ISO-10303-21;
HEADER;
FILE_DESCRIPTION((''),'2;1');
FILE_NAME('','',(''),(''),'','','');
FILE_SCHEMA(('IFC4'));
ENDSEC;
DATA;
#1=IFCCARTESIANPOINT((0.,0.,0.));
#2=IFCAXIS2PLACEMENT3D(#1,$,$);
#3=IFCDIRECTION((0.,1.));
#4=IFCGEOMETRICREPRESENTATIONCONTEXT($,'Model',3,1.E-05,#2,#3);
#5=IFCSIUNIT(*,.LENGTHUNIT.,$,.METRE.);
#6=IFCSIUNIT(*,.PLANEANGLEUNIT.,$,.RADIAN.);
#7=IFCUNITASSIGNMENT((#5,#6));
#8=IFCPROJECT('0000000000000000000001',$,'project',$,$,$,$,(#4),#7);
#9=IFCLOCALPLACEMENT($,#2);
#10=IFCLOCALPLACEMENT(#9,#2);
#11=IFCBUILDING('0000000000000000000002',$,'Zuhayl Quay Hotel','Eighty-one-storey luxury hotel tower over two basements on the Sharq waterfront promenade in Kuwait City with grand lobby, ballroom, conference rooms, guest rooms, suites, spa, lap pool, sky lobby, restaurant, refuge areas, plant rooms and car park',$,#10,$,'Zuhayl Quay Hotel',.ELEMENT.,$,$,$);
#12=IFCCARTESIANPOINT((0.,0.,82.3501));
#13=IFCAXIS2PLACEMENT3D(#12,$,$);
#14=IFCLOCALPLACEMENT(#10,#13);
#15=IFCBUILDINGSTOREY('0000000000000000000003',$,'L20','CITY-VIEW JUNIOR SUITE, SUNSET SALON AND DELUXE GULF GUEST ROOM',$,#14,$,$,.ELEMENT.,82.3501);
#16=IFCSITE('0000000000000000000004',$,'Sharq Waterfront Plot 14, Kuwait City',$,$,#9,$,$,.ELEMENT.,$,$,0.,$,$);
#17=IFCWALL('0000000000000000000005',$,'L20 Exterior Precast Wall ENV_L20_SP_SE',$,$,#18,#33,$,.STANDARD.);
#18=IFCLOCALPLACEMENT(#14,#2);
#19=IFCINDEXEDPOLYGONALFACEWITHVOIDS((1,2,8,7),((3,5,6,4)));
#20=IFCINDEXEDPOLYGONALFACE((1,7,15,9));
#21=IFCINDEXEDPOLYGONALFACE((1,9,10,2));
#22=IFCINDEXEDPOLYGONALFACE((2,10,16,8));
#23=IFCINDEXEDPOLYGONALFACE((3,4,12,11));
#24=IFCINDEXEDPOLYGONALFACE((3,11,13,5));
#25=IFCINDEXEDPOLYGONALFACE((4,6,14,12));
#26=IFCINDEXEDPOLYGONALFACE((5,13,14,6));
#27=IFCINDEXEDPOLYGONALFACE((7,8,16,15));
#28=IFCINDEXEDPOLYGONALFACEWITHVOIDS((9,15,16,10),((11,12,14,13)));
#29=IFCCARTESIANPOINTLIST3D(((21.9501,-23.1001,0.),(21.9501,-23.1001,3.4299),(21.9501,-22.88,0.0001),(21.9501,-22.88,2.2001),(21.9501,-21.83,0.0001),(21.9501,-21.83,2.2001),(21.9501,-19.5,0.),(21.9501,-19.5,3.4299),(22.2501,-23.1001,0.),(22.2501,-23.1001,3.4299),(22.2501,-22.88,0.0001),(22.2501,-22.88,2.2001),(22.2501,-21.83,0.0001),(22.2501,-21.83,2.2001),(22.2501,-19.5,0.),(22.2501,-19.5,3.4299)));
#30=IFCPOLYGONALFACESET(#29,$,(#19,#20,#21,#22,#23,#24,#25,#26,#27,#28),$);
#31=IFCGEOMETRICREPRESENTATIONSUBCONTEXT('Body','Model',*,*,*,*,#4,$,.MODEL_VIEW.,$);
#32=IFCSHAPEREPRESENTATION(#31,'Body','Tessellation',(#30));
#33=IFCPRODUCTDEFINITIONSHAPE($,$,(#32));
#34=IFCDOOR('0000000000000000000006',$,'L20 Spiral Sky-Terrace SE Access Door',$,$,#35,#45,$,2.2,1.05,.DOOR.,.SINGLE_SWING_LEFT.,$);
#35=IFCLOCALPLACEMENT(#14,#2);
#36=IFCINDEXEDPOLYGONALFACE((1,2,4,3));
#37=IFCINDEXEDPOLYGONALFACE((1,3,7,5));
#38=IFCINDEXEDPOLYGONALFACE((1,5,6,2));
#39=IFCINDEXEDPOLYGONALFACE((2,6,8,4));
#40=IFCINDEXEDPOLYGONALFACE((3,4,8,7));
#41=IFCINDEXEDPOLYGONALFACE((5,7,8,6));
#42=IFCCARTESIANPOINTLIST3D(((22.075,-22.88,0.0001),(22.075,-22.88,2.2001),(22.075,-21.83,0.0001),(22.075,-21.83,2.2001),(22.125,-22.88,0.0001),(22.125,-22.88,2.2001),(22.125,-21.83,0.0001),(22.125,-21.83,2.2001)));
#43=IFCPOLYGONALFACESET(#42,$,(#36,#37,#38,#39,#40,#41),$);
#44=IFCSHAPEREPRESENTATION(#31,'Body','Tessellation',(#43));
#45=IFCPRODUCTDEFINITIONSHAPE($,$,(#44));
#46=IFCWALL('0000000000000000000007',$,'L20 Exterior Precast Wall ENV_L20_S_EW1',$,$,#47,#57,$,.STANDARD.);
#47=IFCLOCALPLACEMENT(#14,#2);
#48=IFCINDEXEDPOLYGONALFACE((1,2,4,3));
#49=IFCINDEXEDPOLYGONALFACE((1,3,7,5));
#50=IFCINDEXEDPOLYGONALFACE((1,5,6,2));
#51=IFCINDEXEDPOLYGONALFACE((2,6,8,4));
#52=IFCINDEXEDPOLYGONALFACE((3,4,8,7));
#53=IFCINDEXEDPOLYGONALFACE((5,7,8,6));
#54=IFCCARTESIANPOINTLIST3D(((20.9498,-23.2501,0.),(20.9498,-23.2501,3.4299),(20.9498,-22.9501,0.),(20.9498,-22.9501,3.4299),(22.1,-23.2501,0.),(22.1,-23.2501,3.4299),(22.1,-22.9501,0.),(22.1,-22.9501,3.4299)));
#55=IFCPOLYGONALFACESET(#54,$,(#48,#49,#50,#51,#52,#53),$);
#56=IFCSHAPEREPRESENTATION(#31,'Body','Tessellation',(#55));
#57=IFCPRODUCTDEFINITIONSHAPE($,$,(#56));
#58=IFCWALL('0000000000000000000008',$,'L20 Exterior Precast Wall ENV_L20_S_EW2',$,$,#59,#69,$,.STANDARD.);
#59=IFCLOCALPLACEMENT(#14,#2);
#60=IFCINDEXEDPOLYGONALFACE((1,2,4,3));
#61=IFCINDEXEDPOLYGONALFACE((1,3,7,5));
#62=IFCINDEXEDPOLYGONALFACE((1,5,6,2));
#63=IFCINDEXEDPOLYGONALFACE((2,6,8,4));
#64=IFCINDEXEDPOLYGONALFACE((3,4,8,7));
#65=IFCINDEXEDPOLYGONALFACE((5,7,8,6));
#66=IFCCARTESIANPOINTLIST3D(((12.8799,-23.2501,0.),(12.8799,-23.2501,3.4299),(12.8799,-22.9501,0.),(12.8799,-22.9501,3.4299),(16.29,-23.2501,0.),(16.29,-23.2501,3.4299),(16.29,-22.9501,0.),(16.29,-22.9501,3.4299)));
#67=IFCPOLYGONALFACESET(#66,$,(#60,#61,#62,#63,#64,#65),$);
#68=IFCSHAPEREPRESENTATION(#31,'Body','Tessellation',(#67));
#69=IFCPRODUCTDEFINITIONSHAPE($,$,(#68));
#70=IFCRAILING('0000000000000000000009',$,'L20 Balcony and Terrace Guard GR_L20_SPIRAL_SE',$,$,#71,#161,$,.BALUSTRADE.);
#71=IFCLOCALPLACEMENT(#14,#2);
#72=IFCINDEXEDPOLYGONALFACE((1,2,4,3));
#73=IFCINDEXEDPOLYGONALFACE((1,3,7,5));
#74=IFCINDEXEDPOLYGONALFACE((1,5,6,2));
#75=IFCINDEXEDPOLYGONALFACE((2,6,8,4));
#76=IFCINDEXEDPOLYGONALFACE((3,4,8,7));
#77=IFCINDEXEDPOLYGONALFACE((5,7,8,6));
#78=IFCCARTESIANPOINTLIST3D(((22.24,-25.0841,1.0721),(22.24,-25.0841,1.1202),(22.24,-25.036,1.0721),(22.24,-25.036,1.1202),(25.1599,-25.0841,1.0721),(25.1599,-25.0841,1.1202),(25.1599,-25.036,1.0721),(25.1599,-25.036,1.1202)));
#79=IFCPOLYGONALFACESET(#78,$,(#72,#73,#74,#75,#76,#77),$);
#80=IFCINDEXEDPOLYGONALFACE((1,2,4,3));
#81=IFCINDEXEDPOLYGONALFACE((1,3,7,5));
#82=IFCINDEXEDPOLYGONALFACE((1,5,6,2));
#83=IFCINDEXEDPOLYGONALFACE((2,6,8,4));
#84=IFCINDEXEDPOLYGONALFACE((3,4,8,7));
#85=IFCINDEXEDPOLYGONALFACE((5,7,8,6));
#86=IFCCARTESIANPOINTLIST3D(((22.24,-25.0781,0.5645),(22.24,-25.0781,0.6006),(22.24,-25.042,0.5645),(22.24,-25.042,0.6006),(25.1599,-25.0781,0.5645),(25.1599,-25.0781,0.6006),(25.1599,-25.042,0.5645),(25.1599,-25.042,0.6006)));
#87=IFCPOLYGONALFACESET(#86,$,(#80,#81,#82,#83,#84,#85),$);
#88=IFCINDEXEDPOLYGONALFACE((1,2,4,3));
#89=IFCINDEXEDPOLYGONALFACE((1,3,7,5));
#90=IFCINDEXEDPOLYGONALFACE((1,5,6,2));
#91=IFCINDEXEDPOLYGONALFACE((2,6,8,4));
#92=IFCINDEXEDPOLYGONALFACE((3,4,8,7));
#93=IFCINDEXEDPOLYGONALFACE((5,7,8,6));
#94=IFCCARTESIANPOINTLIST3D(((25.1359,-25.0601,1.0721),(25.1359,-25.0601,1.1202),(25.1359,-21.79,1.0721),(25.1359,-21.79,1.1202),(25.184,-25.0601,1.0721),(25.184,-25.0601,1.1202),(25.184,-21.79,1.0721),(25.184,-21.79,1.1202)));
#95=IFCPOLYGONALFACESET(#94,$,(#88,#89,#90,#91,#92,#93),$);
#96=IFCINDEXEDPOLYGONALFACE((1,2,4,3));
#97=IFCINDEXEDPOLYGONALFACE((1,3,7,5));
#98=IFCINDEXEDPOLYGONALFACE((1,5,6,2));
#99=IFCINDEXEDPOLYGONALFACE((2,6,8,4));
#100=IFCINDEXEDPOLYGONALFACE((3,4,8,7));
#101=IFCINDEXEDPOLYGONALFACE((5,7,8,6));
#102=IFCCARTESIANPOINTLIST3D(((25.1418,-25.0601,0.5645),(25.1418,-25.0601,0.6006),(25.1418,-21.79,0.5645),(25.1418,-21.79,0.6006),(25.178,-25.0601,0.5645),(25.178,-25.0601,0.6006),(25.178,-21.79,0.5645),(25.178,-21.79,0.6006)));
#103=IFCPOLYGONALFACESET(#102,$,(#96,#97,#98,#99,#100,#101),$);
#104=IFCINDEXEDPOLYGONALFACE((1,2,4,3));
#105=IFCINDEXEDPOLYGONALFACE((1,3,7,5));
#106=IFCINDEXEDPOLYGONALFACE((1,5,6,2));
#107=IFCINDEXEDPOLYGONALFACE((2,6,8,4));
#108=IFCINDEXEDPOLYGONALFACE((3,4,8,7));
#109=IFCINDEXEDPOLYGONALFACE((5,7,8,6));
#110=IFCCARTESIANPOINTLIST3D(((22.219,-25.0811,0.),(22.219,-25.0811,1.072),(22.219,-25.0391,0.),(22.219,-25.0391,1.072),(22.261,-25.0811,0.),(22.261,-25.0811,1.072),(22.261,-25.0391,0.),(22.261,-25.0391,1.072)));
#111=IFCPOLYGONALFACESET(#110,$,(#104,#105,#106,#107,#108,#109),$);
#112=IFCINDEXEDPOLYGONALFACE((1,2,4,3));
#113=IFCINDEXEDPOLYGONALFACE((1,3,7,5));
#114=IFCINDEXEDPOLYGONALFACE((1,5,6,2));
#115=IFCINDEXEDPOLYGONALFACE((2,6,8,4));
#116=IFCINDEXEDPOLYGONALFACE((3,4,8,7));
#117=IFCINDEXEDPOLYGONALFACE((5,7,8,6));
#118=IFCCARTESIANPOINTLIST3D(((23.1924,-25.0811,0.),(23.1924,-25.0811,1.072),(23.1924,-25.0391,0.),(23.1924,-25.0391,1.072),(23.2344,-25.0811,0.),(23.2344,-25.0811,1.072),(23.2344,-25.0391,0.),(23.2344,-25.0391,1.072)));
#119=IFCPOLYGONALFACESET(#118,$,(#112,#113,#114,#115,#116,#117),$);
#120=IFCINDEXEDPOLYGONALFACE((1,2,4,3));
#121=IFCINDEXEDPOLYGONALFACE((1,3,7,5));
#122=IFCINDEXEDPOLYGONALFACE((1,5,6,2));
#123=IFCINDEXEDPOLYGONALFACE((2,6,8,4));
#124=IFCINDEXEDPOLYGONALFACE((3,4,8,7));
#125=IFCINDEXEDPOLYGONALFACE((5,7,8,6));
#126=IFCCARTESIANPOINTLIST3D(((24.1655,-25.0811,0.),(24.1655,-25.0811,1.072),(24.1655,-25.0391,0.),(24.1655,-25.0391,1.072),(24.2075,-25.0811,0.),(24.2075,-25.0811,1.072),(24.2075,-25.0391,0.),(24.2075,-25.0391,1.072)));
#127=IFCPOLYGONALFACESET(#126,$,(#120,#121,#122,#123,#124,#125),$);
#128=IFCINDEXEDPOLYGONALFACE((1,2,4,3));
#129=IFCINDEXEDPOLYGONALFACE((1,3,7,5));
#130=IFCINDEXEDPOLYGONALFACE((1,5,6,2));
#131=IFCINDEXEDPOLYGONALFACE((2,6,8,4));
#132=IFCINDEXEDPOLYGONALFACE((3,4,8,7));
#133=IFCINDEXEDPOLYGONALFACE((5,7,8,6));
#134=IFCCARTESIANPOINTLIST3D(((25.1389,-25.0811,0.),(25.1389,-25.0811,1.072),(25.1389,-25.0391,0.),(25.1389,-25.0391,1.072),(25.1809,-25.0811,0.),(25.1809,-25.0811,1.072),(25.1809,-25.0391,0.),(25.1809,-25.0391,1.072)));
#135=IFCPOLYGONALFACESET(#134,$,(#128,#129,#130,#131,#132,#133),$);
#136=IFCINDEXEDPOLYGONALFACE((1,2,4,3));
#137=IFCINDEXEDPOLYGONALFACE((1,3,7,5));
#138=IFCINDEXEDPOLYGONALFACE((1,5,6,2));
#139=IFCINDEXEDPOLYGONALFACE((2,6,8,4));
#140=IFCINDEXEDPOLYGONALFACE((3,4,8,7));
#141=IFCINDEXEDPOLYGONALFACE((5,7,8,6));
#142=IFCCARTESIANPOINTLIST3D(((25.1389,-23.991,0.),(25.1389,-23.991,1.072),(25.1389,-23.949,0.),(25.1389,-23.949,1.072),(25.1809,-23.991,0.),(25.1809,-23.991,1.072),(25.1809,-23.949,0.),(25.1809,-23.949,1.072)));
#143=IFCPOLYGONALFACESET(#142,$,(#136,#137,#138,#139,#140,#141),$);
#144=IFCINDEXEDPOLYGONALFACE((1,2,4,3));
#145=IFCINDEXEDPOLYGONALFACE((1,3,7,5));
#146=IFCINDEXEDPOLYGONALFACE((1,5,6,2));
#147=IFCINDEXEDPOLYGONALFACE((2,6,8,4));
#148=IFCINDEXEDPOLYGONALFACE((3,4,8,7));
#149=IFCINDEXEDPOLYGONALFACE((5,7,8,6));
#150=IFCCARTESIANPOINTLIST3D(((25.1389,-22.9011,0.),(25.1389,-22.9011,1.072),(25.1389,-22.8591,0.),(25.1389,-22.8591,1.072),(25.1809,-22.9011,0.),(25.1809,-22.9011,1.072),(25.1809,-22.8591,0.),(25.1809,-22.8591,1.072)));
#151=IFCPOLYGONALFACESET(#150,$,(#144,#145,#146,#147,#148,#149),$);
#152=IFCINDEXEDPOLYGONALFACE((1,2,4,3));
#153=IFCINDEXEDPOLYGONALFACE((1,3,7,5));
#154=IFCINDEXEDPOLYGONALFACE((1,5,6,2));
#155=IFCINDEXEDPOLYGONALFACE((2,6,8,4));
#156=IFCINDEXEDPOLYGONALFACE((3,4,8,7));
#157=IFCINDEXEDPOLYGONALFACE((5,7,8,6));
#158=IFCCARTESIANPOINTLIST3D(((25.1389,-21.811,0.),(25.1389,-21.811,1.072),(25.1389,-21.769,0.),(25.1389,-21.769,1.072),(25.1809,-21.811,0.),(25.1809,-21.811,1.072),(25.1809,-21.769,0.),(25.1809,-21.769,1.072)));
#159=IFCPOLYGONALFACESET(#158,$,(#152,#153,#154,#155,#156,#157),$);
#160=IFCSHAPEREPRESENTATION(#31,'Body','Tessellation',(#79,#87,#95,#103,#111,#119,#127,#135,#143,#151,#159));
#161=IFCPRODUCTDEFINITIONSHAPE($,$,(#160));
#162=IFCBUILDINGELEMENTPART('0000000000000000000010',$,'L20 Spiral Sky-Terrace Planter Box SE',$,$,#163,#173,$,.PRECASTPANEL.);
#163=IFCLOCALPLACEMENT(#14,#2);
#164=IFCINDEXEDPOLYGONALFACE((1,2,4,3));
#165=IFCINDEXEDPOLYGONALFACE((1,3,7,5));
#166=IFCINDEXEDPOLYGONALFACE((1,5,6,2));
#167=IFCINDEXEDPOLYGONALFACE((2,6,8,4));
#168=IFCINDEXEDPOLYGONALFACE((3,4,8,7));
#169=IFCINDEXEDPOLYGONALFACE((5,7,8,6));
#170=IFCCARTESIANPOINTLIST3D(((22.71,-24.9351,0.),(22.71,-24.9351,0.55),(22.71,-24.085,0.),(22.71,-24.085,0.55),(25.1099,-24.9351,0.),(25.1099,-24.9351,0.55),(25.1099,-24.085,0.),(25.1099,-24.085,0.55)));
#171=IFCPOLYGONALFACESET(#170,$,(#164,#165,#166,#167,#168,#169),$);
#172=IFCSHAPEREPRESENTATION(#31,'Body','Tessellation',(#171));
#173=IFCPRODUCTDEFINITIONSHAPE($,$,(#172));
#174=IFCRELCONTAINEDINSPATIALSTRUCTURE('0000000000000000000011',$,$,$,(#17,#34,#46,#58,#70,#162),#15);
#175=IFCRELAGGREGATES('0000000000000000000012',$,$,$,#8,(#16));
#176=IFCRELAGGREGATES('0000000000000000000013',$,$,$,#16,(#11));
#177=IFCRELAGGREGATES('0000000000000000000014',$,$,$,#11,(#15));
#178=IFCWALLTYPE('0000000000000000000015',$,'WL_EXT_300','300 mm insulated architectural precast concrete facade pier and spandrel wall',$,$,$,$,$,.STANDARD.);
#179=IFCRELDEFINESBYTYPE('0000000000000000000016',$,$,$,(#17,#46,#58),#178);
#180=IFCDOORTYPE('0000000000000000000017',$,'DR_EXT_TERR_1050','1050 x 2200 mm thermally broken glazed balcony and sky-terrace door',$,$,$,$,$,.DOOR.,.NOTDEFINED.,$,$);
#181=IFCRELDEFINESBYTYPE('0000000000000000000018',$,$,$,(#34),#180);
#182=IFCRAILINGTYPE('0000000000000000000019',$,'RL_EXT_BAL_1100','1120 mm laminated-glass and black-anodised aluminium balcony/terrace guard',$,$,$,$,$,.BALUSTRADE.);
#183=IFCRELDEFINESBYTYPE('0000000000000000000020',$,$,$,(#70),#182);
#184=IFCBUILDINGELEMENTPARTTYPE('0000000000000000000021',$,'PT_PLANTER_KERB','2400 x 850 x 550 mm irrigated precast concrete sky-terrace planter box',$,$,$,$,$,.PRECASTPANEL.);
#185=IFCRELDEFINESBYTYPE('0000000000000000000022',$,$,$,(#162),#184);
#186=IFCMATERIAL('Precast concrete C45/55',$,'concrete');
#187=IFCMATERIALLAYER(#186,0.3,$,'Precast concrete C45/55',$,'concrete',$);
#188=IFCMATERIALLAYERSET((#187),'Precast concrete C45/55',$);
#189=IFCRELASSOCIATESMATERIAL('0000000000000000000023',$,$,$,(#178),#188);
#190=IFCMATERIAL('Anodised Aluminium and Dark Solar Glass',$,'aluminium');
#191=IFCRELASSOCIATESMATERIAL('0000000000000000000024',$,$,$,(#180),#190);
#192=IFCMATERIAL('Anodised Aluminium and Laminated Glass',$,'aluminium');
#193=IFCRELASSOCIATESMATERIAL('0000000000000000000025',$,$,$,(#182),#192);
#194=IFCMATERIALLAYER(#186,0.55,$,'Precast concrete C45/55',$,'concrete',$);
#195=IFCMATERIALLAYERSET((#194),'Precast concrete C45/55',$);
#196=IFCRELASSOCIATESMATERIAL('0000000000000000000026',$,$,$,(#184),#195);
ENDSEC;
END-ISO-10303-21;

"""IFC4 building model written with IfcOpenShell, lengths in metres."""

from ifc_helpers import new_model, si_unit, direction, frame, frame_2d, origin, origin_2d, place, context, subcontext, project, spatial, rectangle, extrude, material, layer, layer_set, type_object, element, fill, save


model = new_model("IFC4")

# Units and contexts
model_context = context("Model", 3, precision=1e-05, world=origin(), true_north=direction((0.0, 1.0)))
body_context = subcontext(model_context, "Body", "Model", "MODEL_VIEW")
ifc_project = project(units=[si_unit("LENGTHUNIT", "METRE"), si_unit("PLANEANGLEUNIT", "RADIAN")], contexts=[model_context])

# Site, building, storey
site_placement = place(None, origin())
site = spatial("IfcSite", under=ifc_project, at=site_placement, Name="Sharq Waterfront Plot 14, Kuwait City", CompositionType="ELEMENT", RefElevation=0.0)
building_placement = place(site_placement, origin())
building = spatial("IfcBuilding", under=site, at=building_placement, Name="Zuhayl Quay Hotel", Description="Eighty-one-storey luxury hotel tower over two basements on the Sharq waterfront promenade in Kuwait City with grand lobby, ballroom, conference rooms, guest rooms, suites, spa, lap pool, sky lobby, restaurant, refuge areas, plant rooms and car park", LongName="Zuhayl Quay Hotel", CompositionType="ELEMENT")
storey_placement = place(building_placement, frame((0.0, 0.0, 82.3501)))
storey = spatial("IfcBuildingStorey", under=building, at=storey_placement, Name="L20", Description="CITY-VIEW JUNIOR SUITE, SUNSET SALON AND DELUXE GULF GUEST ROOM", CompositionType="ELEMENT", Elevation=82.3501)

# Shared definitions
ifc_material_1 = material(Name="Precast concrete C45/55", Category="concrete")
ifc_layer_1 = layer(ifc_material_1, 0.3, Name="Precast concrete C45/55", Category="concrete")
ifc_layer_set_1 = layer_set([ifc_layer_1], Name="Precast concrete C45/55")
wall_type = type_object("IfcWallType", Name="WL_EXT_300", Description="300 mm insulated architectural precast concrete facade pier and spandrel wall", PredefinedType="STANDARD", material=ifc_layer_set_1)

# Wall, opening, door
wall_1_placement = place(storey_placement, frame((22.1001, -19.5, 0.0), z_axis=(0.0, 0.0, 1.0), x_axis=(0.0, -1.0, 0.0)))
wall_1 = element("IfcWall", 1, at=wall_1_placement, inside=storey, type_object=wall_type, Name="L20 Exterior Precast Wall ENV_L20_SP_SE", PredefinedType="STANDARD", context=body_context, shape_type="SweptSolid", body=[
    extrude(rectangle(XDim=3.6001, YDim=0.3, at=frame_2d((1.8, 0.0))), origin(), (0.0, 0.0, 1.0), 3.4299),
])
opening_1_placement = place(wall_1_placement, frame((2.3301, 0.0, 0.0)))
opening_1 = element("IfcOpeningElement", 2, at=opening_1_placement, cuts=wall_1, PredefinedType="OPENING", context=body_context, shape_type="SweptSolid", body=[
    extrude(rectangle(XDim=1.05, YDim=2.2, at=frame_2d((0.5249, 1.1001))), frame((0.0, 0.1599, 0.0), z_axis=(0.0, -1.0, 0.0), x_axis=(1.0, 0.0, 0.0)), (0.0, 0.0, 1.0), 0.3201),
])
ifc_material_2 = material(Name="Anodised Aluminium and Dark Solar Glass", Category="aluminium")
door_type = type_object("IfcDoorType", Name="DR_EXT_TERR_1050", Description="1050 x 2200 mm thermally broken glazed balcony and sky-terrace door", OperationType="NOTDEFINED", PredefinedType="DOOR", material=ifc_material_2)
door_placement = place(opening_1_placement, origin())
door = element("IfcDoor", 3, at=door_placement, inside=storey, type_object=door_type, Name="L20 Spiral Sky-Terrace SE Access Door", OperationType="SINGLE_SWING_LEFT", OverallHeight=2.2, OverallWidth=1.05, PredefinedType="DOOR", context=body_context, shape_type="SweptSolid", body=[
    extrude(rectangle(XDim=1.05, YDim=2.2, at=frame_2d((0.5249, 1.1001))), frame((0.0, 0.0249, 0.0), z_axis=(0.0, -1.0, 0.0), x_axis=(1.0, 0.0, 0.0)), (0.0, 0.0, 1.0), 0.05),
])
fill(opening_1, door)

# Walls
wall_2_placement = place(storey_placement, frame((22.1001, -23.1001, 0.0), z_axis=(0.0, 0.0, 1.0), x_axis=(-1.0, 0.0, 0.0)))
element("IfcWall", 4, at=wall_2_placement, inside=storey, type_object=wall_type, Name="L20 Exterior Precast Wall ENV_L20_S_EW1", PredefinedType="STANDARD", context=body_context, shape_type="SweptSolid", body=[
    extrude(rectangle(XDim=1.1501, YDim=0.3, at=frame_2d((0.5752, 0.0))), origin(), (0.0, 0.0, 1.0), 3.4299),
])
wall_3_placement = place(storey_placement, frame((16.29, -23.1001, 0.0), z_axis=(0.0, 0.0, 1.0), x_axis=(-1.0, 0.0, 0.0)))
element("IfcWall", 5, at=wall_3_placement, inside=storey, type_object=wall_type, Name="L20 Exterior Precast Wall ENV_L20_S_EW2", PredefinedType="STANDARD", context=body_context, shape_type="SweptSolid", body=[
    extrude(rectangle(XDim=3.4102, YDim=0.3, at=frame_2d((1.7051, 0.0))), origin(), (0.0, 0.0, 1.0), 3.4299),
])

# Railing
ifc_material_3 = material(Name="Anodised Aluminium and Laminated Glass", Category="aluminium")
railing_type = type_object("IfcRailingType", Name="RL_EXT_BAL_1100", Description="1120 mm laminated-glass and black-anodised aluminium balcony/terrace guard", PredefinedType="BALUSTRADE", material=ifc_material_3)
railing_placement = place(storey_placement, frame((22.24, -25.0601, 0.0)))
element("IfcRailing", 6, at=railing_placement, inside=storey, type_object=railing_type, Name="L20 Balcony and Terrace Guard GR_L20_SPIRAL_SE", PredefinedType="BALUSTRADE", context=body_context, shape_type="SweptSolid", body=[
    extrude(rectangle(XDim=0.0481, YDim=0.0481, at=origin_2d()), frame((0.0, 0.0, 1.0962), z_axis=(1.0, 0.0, 0.0), x_axis=(0.0, 1.0, 0.0)), (0.0, 0.0, 1.0), 2.9199),
    extrude(rectangle(XDim=0.0361, YDim=0.0361, at=origin_2d()), frame((0.0, 0.0, 0.5825), z_axis=(1.0, 0.0, 0.0), x_axis=(0.0, 1.0, 0.0)), (0.0, 0.0, 1.0), 2.9199),
    extrude(rectangle(XDim=0.0481, YDim=0.0481, at=origin_2d()), frame((2.9199, 0.0, 1.0962), z_axis=(0.0, 1.0, 0.0), x_axis=(-1.0, 0.0, 0.0)), (0.0, 0.0, 1.0), 3.27),
    extrude(rectangle(XDim=0.0361, YDim=0.0361, at=origin_2d()), frame((2.9199, 0.0, 0.5825), z_axis=(0.0, 1.0, 0.0), x_axis=(-1.0, 0.0, 0.0)), (0.0, 0.0, 1.0), 3.27),
    extrude(rectangle(XDim=0.042, YDim=0.042, at=origin_2d()), origin(), (0.0, 0.0, 1.0), 1.072),
    extrude(rectangle(XDim=0.042, YDim=0.042, at=origin_2d()), frame((0.9734, 0.0, 0.0)), (0.0, 0.0, 1.0), 1.072),
    extrude(rectangle(XDim=0.042, YDim=0.042, at=origin_2d()), frame((1.9465, 0.0, 0.0)), (0.0, 0.0, 1.0), 1.072),
    extrude(rectangle(XDim=0.042, YDim=0.042, at=origin_2d()), frame((2.9199, 0.0, 0.0)), (0.0, 0.0, 1.0), 1.072),
    extrude(rectangle(XDim=0.042, YDim=0.042, at=origin_2d()), frame((2.9199, 1.0901, 0.0)), (0.0, 0.0, 1.0), 1.072),
    extrude(rectangle(XDim=0.042, YDim=0.042, at=origin_2d()), frame((2.9199, 2.1799, 0.0)), (0.0, 0.0, 1.0), 1.072),
    extrude(rectangle(XDim=0.042, YDim=0.042, at=origin_2d()), frame((2.9199, 3.27, 0.0)), (0.0, 0.0, 1.0), 1.072),
])

# Building element part
ifc_layer_2 = layer(ifc_material_1, 0.55, Name="Precast concrete C45/55", Category="concrete")
ifc_layer_set_2 = layer_set([ifc_layer_2], Name="Precast concrete C45/55")
building_element_part_type = type_object("IfcBuildingElementPartType", Name="PT_PLANTER_KERB", Description="2400 x 850 x 550 mm irrigated precast concrete sky-terrace planter box", PredefinedType="PRECASTPANEL", material=ifc_layer_set_2)
building_element_part_placement = place(storey_placement, frame((23.9099, -24.51, 0.0), z_axis=(0.0, 0.0, 1.0), x_axis=(1.0, 0.0, 0.0)))
element("IfcBuildingElementPart", 7, at=building_element_part_placement, inside=storey, type_object=building_element_part_type, Name="L20 Spiral Sky-Terrace Planter Box SE", PredefinedType="PRECASTPANEL", context=body_context, shape_type="SweptSolid", body=[
    extrude(rectangle(XDim=2.3999, YDim=0.8501, at=origin_2d()), origin(), (0.0, 0.0, 1.0), 0.55),
])

save(model, "model.ifc")
